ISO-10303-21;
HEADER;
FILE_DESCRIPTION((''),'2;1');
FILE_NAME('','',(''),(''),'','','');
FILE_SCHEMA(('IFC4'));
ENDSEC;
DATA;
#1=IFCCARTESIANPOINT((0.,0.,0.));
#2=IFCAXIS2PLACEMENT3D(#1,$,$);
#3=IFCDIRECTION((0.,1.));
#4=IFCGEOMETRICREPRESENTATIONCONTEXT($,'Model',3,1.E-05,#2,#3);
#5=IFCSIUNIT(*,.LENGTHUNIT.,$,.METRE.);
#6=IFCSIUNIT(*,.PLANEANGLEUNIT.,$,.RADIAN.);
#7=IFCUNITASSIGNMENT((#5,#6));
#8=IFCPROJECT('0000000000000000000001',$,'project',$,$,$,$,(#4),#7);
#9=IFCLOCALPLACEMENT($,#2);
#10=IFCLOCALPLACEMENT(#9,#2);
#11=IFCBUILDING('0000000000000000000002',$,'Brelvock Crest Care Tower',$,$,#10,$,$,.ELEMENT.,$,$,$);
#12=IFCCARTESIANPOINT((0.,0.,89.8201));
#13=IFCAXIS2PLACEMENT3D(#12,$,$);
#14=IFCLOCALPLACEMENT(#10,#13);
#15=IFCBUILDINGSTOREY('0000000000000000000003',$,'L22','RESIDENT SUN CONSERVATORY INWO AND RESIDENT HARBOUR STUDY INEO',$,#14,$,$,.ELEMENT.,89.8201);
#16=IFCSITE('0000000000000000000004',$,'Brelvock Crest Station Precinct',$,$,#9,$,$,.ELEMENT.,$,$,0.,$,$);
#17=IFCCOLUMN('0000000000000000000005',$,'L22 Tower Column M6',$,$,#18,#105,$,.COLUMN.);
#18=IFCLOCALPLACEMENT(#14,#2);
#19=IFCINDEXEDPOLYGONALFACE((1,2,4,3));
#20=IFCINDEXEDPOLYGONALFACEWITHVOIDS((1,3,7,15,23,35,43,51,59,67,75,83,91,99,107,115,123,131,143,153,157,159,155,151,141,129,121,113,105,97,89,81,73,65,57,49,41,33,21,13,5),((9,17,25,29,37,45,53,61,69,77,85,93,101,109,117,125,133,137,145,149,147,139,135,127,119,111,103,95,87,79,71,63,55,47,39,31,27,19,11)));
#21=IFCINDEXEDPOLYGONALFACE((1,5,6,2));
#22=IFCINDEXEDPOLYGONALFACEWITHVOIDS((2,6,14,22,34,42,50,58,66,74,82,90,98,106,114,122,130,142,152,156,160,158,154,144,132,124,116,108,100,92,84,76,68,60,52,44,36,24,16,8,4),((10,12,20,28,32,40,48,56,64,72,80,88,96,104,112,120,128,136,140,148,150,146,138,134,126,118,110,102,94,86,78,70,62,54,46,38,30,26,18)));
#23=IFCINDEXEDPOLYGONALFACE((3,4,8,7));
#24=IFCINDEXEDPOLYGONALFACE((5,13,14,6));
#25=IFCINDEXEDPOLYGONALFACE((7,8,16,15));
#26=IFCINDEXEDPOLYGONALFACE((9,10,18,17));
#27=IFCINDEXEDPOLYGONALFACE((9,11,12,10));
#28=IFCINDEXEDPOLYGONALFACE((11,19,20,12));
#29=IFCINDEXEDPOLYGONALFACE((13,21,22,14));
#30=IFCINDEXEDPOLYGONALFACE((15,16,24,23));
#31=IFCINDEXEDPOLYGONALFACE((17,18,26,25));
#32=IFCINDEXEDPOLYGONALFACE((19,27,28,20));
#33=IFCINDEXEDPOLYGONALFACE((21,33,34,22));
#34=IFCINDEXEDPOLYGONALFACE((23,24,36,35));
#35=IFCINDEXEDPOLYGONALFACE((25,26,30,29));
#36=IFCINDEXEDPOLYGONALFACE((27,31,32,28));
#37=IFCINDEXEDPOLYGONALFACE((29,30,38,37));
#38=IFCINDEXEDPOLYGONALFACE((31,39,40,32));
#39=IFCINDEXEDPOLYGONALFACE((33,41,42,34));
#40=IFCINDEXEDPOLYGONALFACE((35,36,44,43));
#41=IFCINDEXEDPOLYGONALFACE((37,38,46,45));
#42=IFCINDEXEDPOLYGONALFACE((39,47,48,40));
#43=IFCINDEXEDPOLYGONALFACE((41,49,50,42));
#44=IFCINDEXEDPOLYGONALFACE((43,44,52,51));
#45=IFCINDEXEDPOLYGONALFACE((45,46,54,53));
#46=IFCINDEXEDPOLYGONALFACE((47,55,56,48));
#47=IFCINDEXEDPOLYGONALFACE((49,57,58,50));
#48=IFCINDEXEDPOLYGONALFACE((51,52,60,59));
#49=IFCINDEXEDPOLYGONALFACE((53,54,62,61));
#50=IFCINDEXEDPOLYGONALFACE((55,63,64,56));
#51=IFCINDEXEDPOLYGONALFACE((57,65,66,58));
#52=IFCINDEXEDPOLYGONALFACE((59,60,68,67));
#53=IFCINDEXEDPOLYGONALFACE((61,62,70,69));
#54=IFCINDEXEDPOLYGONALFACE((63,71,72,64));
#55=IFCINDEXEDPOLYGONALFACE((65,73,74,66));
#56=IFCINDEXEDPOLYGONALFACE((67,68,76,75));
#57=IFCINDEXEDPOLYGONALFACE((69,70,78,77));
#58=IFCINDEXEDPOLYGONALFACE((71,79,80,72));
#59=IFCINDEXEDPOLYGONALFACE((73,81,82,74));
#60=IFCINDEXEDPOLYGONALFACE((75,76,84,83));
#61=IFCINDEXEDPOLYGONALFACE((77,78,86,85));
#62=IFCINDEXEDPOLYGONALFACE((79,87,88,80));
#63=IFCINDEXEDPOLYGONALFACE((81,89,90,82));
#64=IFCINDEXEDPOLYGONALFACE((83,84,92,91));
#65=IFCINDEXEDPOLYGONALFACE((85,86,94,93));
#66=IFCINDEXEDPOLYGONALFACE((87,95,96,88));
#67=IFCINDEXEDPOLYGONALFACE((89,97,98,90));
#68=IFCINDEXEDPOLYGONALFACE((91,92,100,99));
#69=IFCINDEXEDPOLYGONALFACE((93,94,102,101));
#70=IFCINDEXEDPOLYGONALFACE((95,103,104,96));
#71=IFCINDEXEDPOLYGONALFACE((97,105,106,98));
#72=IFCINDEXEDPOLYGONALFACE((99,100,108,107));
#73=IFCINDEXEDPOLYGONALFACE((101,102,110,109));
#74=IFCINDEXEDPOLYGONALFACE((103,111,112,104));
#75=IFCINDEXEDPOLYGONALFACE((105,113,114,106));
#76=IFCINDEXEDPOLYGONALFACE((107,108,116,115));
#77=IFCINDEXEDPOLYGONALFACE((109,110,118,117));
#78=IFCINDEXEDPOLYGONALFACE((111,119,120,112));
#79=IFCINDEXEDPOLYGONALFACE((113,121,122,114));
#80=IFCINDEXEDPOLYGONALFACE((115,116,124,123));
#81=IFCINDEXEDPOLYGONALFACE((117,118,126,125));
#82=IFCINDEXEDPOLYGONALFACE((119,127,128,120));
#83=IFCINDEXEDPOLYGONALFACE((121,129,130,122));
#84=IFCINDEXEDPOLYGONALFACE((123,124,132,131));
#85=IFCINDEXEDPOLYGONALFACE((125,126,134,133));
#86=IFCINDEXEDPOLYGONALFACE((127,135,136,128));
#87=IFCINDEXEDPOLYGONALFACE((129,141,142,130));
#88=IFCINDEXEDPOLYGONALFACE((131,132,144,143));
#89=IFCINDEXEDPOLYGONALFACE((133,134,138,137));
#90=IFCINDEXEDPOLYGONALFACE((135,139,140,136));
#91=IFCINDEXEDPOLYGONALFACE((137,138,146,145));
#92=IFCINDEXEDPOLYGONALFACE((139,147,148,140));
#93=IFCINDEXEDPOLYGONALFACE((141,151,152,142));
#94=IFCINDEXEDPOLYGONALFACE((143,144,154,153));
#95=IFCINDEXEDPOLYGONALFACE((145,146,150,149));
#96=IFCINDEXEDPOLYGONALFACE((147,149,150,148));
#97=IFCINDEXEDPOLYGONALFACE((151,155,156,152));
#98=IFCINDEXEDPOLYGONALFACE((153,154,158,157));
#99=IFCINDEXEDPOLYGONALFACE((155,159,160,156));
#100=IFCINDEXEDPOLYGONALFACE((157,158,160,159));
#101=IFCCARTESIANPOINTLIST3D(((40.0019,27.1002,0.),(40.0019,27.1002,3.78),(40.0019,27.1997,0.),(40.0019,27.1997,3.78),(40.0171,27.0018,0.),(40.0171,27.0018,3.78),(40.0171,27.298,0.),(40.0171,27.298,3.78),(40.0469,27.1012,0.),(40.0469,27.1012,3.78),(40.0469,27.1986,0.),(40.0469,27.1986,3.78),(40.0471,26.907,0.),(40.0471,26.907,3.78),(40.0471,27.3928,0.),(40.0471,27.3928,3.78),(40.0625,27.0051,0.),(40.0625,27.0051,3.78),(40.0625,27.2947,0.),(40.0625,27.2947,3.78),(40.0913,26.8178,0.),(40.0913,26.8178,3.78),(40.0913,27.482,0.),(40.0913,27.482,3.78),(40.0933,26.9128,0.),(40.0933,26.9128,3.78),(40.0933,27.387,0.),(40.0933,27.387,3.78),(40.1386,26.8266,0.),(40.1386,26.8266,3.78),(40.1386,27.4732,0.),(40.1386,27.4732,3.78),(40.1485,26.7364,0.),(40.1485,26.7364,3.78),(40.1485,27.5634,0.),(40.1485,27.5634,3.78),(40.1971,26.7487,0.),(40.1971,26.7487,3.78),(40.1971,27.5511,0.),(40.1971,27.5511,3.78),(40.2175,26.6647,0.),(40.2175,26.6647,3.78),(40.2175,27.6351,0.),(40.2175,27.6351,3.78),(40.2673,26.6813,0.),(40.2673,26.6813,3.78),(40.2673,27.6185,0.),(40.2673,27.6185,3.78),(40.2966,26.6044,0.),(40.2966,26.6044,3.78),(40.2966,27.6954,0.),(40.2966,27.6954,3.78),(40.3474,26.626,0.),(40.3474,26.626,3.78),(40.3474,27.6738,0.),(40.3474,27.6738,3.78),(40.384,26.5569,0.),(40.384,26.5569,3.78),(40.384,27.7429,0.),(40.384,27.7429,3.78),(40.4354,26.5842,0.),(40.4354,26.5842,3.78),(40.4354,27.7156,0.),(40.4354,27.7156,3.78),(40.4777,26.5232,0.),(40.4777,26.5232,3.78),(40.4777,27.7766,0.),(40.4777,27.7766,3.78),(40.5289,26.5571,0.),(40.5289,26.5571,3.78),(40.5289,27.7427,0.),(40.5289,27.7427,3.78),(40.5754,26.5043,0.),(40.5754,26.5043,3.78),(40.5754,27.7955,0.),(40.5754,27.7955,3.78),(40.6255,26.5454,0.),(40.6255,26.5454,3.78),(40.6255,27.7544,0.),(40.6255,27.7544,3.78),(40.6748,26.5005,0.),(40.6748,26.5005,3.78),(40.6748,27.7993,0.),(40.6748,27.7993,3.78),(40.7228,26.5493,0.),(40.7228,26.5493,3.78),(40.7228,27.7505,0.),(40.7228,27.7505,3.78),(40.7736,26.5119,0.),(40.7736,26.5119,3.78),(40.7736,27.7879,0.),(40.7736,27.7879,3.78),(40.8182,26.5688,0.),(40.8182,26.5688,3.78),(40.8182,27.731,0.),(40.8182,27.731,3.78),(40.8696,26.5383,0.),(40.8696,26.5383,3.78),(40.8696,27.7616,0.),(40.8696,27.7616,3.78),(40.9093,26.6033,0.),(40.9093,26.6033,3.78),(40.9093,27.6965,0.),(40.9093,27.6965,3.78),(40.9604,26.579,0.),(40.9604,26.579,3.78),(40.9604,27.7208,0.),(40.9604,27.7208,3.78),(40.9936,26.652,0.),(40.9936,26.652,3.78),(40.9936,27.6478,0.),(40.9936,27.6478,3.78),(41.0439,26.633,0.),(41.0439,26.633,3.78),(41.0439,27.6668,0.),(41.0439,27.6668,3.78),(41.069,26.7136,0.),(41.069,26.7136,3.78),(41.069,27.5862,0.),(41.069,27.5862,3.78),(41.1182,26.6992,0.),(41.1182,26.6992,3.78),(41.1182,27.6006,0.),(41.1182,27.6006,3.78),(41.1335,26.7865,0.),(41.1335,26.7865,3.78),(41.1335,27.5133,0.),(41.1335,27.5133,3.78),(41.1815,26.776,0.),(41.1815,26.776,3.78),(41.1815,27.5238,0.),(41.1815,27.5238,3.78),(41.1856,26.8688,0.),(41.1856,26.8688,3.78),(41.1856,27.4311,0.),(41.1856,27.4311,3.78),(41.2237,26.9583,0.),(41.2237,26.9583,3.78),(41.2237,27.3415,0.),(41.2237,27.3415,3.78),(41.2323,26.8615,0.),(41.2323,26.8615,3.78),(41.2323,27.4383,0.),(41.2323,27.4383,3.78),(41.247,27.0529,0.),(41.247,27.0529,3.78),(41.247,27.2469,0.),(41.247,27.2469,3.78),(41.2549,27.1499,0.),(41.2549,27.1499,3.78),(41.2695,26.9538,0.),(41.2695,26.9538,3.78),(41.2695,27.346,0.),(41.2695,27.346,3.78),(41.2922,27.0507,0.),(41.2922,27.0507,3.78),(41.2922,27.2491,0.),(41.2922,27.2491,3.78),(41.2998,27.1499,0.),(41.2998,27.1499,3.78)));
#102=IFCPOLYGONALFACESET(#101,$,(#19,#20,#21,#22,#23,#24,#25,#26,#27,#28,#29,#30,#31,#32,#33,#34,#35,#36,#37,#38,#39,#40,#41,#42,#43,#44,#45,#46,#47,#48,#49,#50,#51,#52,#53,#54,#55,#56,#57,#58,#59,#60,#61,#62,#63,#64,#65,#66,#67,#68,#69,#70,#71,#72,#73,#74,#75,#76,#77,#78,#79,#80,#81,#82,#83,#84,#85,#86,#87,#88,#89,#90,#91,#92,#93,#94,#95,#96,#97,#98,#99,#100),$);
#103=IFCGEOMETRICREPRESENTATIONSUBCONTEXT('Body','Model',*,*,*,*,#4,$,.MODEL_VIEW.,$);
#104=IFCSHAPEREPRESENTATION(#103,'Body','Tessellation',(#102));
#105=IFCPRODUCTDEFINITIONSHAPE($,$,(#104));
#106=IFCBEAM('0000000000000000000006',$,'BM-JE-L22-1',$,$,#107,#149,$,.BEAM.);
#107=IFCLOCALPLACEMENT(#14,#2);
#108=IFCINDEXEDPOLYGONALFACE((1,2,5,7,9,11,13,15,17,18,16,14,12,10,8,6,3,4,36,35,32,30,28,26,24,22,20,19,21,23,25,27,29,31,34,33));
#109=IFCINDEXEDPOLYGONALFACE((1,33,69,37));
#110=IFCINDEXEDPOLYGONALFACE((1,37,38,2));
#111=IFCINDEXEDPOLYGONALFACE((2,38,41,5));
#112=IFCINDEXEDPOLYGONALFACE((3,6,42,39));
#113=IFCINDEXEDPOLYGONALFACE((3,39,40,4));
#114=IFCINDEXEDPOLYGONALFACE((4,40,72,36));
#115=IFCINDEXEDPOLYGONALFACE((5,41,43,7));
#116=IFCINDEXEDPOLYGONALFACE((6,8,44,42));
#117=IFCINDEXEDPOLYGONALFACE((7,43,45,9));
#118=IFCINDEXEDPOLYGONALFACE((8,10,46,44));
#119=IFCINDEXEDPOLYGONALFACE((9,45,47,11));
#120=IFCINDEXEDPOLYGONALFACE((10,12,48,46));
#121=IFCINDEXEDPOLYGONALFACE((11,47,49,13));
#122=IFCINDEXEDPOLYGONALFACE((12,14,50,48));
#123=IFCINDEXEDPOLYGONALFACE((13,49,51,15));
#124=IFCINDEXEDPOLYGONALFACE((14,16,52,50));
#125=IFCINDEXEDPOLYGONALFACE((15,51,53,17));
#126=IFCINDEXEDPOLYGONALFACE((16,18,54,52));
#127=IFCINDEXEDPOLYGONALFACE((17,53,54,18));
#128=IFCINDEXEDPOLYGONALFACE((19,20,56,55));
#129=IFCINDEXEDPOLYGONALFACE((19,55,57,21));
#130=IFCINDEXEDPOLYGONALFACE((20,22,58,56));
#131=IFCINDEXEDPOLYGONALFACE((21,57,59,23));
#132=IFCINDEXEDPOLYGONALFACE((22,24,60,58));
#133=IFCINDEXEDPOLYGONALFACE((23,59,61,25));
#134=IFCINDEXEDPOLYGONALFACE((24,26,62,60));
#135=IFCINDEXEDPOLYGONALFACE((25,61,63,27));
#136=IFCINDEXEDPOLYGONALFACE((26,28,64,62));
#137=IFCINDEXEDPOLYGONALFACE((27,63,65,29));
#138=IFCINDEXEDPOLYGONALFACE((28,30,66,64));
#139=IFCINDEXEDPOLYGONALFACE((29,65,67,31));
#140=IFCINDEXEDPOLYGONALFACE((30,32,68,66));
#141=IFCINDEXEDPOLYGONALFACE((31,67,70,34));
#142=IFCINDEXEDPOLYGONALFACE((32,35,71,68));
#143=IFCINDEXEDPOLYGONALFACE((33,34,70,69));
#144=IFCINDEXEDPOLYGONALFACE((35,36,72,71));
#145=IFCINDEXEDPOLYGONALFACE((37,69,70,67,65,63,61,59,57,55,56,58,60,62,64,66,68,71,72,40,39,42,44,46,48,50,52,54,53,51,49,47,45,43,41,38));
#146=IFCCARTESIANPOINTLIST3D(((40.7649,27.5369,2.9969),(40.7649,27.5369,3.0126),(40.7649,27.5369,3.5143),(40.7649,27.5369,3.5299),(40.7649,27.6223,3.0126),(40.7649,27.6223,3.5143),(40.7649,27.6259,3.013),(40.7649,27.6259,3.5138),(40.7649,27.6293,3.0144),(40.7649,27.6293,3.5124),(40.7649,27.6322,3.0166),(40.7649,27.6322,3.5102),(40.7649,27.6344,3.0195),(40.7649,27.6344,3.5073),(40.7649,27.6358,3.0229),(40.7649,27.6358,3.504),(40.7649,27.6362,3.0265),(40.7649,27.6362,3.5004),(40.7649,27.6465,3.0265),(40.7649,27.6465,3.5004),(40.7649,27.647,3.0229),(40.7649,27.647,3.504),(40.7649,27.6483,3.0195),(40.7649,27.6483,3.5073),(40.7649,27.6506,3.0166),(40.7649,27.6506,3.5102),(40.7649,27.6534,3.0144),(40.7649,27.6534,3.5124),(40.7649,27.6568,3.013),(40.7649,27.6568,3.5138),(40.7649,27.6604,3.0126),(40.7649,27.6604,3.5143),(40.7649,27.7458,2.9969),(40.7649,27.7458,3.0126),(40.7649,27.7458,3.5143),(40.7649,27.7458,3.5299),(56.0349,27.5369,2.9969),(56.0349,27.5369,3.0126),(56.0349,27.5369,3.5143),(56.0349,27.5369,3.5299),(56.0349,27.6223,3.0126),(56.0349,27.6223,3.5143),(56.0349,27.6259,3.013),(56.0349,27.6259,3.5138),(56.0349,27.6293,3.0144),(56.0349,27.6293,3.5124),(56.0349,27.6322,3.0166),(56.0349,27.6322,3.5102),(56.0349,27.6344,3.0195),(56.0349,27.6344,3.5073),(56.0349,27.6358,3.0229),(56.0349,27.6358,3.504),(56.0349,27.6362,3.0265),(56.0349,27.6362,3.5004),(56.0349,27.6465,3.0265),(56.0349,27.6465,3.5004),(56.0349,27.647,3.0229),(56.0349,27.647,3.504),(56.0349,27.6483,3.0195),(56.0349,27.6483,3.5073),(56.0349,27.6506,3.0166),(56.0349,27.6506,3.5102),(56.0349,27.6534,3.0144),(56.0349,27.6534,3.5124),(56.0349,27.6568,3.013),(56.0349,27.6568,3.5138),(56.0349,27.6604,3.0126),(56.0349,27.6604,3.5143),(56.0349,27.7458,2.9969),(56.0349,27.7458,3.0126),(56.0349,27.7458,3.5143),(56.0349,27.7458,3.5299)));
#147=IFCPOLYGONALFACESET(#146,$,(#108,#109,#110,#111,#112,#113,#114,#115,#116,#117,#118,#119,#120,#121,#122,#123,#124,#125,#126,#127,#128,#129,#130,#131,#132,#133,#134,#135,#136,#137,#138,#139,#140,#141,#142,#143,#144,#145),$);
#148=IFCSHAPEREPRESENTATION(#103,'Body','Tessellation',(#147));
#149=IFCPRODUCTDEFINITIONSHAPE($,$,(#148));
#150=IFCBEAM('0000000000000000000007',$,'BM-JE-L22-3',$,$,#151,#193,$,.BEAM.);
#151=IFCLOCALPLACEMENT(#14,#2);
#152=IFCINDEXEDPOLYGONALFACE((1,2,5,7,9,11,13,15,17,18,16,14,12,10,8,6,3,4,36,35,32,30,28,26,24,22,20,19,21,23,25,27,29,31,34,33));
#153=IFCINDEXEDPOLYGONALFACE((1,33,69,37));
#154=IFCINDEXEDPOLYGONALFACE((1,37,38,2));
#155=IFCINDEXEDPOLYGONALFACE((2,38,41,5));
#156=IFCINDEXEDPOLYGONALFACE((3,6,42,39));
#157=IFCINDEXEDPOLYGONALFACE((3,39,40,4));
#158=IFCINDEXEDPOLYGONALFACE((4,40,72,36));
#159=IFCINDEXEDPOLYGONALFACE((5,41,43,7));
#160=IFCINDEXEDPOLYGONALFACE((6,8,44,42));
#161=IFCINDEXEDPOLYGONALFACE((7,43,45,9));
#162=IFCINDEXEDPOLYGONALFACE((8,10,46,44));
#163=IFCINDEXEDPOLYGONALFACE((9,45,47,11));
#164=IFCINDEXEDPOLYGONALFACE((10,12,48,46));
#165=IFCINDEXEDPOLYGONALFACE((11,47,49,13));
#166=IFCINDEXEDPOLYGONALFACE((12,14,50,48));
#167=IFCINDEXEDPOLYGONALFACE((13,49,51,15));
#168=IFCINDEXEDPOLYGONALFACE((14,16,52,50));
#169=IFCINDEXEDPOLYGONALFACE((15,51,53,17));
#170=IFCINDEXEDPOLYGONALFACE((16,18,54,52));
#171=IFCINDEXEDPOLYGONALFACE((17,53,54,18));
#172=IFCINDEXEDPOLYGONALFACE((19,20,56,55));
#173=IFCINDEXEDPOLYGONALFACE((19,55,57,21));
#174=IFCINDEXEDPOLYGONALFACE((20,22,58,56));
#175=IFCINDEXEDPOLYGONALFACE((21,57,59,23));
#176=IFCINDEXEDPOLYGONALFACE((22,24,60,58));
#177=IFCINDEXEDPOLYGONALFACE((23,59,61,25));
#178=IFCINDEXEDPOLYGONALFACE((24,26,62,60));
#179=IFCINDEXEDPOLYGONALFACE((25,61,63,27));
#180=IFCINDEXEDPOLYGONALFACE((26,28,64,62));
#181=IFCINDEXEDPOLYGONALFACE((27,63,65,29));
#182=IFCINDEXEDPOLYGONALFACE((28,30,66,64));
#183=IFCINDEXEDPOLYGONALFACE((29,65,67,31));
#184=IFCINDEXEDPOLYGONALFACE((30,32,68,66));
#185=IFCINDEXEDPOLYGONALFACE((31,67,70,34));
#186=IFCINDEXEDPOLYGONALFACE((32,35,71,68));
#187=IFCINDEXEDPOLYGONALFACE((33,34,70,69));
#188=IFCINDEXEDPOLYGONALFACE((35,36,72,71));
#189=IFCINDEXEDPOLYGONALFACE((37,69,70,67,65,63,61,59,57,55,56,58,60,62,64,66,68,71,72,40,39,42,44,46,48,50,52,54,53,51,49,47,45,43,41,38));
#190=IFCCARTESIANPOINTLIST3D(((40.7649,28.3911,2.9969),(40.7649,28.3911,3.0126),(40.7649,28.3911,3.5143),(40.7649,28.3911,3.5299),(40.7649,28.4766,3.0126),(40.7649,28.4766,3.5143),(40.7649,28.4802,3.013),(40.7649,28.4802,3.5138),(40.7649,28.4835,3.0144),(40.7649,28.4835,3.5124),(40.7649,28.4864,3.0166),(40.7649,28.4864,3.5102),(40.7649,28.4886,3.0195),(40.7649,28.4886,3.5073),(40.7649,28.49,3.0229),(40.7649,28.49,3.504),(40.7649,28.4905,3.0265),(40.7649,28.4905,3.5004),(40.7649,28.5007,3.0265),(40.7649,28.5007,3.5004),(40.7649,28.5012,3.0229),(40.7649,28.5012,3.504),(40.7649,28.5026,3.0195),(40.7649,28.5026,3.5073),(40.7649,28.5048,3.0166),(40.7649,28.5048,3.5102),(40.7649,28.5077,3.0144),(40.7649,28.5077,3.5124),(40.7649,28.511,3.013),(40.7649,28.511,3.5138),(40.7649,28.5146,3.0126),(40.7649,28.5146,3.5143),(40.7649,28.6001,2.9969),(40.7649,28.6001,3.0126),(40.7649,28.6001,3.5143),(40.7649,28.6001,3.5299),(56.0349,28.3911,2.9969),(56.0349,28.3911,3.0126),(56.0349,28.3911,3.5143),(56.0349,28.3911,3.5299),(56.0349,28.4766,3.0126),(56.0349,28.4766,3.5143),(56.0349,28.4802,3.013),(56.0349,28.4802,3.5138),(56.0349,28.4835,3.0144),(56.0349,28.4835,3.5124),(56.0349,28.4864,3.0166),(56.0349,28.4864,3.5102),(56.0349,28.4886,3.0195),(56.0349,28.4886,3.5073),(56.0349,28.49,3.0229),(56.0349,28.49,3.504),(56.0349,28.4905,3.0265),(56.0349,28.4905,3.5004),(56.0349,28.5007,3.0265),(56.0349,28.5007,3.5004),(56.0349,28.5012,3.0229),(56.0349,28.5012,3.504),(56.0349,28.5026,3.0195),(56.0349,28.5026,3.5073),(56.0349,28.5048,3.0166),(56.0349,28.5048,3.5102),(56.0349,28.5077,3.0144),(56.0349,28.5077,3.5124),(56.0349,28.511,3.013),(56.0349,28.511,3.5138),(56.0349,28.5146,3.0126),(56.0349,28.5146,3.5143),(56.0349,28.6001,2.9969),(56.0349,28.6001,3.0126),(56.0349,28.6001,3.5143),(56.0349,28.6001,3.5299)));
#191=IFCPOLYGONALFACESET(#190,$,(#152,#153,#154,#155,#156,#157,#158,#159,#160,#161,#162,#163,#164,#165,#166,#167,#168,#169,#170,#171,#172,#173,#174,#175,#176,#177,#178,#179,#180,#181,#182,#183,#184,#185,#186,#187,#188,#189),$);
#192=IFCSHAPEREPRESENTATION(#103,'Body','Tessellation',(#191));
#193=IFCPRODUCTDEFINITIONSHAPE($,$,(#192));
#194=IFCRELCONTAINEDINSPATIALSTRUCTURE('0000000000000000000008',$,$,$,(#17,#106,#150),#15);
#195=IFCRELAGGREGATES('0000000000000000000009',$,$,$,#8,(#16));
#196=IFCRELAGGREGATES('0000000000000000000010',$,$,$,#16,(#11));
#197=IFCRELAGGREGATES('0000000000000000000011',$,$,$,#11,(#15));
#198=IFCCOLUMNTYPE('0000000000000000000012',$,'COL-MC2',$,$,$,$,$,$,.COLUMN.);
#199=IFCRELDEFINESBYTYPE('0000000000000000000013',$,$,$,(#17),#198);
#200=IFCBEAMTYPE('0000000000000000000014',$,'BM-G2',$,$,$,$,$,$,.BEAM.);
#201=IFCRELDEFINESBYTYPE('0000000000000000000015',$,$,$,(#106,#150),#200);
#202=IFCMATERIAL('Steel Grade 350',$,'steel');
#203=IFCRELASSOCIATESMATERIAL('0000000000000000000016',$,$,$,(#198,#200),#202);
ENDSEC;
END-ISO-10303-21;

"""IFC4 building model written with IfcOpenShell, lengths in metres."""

from ifc_helpers import new_model, si_unit, direction, frame, origin, origin_2d, place, context, subcontext, project, spatial, hollow_circle, i_section, extrude, source, transform, mapped, material, material_profile, profile_set, type_object, element, save


model = new_model("IFC4")

# Units and contexts
model_context = context("Model", 3, precision=1e-05, world=origin(), true_north=direction((0.0, 1.0)))
body_context = subcontext(model_context, "Body", "Model", "MODEL_VIEW")
ifc_project = project(units=[si_unit("LENGTHUNIT", "METRE"), si_unit("PLANEANGLEUNIT", "RADIAN")], contexts=[model_context])

# Site, building, storey
site_placement = place(None, origin())
site = spatial("IfcSite", under=ifc_project, at=site_placement, Name="Brelvock Crest Station Precinct", CompositionType="ELEMENT", RefElevation=0.0)
building_placement = place(site_placement, origin())
building = spatial("IfcBuilding", under=site, at=building_placement, Name="Brelvock Crest Care Tower", CompositionType="ELEMENT")
storey_placement = place(building_placement, frame((0.0, 0.0, 89.8201)))
storey = spatial("IfcBuildingStorey", under=building, at=storey_placement, Name="L22", Description="RESIDENT SUN CONSERVATORY INWO AND RESIDENT HARBOUR STUDY INEO", CompositionType="ELEMENT", Elevation=89.8201)

# Column
ifc_material_1 = material(Name="Steel Grade 350", Category="steel")
ifc_material_profile_1 = material_profile(ifc_material_1, hollow_circle(Radius=0.6499, WallThickness=0.0449, at=origin_2d()), Name="CFT1300x45")
ifc_profile_set_1 = profile_set([ifc_material_profile_1], Name="Steel Grade 350")
column_type = type_object("IfcColumnType", Name="COL-MC2", PredefinedType="COLUMN", material=ifc_profile_set_1)
shared_shape_1 = source(origin(), body_context, "Body", "SweptSolid", [
    extrude(hollow_circle(Radius=0.6499, WallThickness=0.0449, at=origin_2d()), origin(), (0.0, 0.0, 1.0), 3.78),
])
column_placement = place(storey_placement, frame((40.6499, 27.1499, 0.0), z_axis=(0.0, 0.0, 1.0), x_axis=(1.0, 0.0, 0.0)))
element("IfcColumn", 1, at=column_placement, inside=storey, type_object=column_type, Name="L22 Tower Column M6", PredefinedType="COLUMN", context=body_context, shape_type="MappedRepresentation", body=[
    mapped(shared_shape_1, transform((0.0, 0.0, 0.0), x_axis=(1.0, 0.0, 0.0), y_axis=(0.0, 1.0, 0.0), z_axis=(0.0, 0.0, 1.0), scale=1.0)),
])

# Beams
ifc_material_profile_2 = material_profile(ifc_material_1, i_section(OverallWidth=0.209, OverallDepth=0.533, WebThickness=0.0103, FlangeThickness=0.0156, FilletRadius=0.0139, at=origin_2d()), Name="530UB92.4")
ifc_profile_set_2 = profile_set([ifc_material_profile_2], Name="Steel Grade 350")
beam_type_1 = type_object("IfcBeamType", Name="BM-G2", PredefinedType="BEAM", material=ifc_profile_set_2)
shared_shape_2 = source(origin(), body_context, "Body", "SweptSolid", [
    extrude(i_section(OverallWidth=0.209, OverallDepth=0.533, WebThickness=0.0103, FlangeThickness=0.0156, FilletRadius=0.0139, at=origin_2d()), origin(), (0.0, 0.0, 1.0), 15.27),
])
for number, where, z_axis, x_axis, name in (
    (2, (40.7649, 27.6414, 3.2634), (1.0, 0.0, 0.0), (0.0, 1.0, 0.0), "BM-JE-L22-1"),
    (3, (40.7649, 28.4956, 3.2634), (1.0, 0.0, 0.0), (0.0, 1.0, 0.0), "BM-JE-L22-3"),
):
    element("IfcBeam", number, at=place(storey_placement, frame(where, z_axis=z_axis, x_axis=x_axis)), inside=storey, type_object=beam_type_1, Name=name, PredefinedType="BEAM", context=body_context, shape_type="MappedRepresentation", body=[
        mapped(shared_shape_2, transform((0.0, 0.0, 0.0), x_axis=(1.0, 0.0, 0.0), y_axis=(0.0, 1.0, 0.0), z_axis=(0.0, 0.0, 1.0), scale=1.0)),
    ])

save(model, "model.ifc")
